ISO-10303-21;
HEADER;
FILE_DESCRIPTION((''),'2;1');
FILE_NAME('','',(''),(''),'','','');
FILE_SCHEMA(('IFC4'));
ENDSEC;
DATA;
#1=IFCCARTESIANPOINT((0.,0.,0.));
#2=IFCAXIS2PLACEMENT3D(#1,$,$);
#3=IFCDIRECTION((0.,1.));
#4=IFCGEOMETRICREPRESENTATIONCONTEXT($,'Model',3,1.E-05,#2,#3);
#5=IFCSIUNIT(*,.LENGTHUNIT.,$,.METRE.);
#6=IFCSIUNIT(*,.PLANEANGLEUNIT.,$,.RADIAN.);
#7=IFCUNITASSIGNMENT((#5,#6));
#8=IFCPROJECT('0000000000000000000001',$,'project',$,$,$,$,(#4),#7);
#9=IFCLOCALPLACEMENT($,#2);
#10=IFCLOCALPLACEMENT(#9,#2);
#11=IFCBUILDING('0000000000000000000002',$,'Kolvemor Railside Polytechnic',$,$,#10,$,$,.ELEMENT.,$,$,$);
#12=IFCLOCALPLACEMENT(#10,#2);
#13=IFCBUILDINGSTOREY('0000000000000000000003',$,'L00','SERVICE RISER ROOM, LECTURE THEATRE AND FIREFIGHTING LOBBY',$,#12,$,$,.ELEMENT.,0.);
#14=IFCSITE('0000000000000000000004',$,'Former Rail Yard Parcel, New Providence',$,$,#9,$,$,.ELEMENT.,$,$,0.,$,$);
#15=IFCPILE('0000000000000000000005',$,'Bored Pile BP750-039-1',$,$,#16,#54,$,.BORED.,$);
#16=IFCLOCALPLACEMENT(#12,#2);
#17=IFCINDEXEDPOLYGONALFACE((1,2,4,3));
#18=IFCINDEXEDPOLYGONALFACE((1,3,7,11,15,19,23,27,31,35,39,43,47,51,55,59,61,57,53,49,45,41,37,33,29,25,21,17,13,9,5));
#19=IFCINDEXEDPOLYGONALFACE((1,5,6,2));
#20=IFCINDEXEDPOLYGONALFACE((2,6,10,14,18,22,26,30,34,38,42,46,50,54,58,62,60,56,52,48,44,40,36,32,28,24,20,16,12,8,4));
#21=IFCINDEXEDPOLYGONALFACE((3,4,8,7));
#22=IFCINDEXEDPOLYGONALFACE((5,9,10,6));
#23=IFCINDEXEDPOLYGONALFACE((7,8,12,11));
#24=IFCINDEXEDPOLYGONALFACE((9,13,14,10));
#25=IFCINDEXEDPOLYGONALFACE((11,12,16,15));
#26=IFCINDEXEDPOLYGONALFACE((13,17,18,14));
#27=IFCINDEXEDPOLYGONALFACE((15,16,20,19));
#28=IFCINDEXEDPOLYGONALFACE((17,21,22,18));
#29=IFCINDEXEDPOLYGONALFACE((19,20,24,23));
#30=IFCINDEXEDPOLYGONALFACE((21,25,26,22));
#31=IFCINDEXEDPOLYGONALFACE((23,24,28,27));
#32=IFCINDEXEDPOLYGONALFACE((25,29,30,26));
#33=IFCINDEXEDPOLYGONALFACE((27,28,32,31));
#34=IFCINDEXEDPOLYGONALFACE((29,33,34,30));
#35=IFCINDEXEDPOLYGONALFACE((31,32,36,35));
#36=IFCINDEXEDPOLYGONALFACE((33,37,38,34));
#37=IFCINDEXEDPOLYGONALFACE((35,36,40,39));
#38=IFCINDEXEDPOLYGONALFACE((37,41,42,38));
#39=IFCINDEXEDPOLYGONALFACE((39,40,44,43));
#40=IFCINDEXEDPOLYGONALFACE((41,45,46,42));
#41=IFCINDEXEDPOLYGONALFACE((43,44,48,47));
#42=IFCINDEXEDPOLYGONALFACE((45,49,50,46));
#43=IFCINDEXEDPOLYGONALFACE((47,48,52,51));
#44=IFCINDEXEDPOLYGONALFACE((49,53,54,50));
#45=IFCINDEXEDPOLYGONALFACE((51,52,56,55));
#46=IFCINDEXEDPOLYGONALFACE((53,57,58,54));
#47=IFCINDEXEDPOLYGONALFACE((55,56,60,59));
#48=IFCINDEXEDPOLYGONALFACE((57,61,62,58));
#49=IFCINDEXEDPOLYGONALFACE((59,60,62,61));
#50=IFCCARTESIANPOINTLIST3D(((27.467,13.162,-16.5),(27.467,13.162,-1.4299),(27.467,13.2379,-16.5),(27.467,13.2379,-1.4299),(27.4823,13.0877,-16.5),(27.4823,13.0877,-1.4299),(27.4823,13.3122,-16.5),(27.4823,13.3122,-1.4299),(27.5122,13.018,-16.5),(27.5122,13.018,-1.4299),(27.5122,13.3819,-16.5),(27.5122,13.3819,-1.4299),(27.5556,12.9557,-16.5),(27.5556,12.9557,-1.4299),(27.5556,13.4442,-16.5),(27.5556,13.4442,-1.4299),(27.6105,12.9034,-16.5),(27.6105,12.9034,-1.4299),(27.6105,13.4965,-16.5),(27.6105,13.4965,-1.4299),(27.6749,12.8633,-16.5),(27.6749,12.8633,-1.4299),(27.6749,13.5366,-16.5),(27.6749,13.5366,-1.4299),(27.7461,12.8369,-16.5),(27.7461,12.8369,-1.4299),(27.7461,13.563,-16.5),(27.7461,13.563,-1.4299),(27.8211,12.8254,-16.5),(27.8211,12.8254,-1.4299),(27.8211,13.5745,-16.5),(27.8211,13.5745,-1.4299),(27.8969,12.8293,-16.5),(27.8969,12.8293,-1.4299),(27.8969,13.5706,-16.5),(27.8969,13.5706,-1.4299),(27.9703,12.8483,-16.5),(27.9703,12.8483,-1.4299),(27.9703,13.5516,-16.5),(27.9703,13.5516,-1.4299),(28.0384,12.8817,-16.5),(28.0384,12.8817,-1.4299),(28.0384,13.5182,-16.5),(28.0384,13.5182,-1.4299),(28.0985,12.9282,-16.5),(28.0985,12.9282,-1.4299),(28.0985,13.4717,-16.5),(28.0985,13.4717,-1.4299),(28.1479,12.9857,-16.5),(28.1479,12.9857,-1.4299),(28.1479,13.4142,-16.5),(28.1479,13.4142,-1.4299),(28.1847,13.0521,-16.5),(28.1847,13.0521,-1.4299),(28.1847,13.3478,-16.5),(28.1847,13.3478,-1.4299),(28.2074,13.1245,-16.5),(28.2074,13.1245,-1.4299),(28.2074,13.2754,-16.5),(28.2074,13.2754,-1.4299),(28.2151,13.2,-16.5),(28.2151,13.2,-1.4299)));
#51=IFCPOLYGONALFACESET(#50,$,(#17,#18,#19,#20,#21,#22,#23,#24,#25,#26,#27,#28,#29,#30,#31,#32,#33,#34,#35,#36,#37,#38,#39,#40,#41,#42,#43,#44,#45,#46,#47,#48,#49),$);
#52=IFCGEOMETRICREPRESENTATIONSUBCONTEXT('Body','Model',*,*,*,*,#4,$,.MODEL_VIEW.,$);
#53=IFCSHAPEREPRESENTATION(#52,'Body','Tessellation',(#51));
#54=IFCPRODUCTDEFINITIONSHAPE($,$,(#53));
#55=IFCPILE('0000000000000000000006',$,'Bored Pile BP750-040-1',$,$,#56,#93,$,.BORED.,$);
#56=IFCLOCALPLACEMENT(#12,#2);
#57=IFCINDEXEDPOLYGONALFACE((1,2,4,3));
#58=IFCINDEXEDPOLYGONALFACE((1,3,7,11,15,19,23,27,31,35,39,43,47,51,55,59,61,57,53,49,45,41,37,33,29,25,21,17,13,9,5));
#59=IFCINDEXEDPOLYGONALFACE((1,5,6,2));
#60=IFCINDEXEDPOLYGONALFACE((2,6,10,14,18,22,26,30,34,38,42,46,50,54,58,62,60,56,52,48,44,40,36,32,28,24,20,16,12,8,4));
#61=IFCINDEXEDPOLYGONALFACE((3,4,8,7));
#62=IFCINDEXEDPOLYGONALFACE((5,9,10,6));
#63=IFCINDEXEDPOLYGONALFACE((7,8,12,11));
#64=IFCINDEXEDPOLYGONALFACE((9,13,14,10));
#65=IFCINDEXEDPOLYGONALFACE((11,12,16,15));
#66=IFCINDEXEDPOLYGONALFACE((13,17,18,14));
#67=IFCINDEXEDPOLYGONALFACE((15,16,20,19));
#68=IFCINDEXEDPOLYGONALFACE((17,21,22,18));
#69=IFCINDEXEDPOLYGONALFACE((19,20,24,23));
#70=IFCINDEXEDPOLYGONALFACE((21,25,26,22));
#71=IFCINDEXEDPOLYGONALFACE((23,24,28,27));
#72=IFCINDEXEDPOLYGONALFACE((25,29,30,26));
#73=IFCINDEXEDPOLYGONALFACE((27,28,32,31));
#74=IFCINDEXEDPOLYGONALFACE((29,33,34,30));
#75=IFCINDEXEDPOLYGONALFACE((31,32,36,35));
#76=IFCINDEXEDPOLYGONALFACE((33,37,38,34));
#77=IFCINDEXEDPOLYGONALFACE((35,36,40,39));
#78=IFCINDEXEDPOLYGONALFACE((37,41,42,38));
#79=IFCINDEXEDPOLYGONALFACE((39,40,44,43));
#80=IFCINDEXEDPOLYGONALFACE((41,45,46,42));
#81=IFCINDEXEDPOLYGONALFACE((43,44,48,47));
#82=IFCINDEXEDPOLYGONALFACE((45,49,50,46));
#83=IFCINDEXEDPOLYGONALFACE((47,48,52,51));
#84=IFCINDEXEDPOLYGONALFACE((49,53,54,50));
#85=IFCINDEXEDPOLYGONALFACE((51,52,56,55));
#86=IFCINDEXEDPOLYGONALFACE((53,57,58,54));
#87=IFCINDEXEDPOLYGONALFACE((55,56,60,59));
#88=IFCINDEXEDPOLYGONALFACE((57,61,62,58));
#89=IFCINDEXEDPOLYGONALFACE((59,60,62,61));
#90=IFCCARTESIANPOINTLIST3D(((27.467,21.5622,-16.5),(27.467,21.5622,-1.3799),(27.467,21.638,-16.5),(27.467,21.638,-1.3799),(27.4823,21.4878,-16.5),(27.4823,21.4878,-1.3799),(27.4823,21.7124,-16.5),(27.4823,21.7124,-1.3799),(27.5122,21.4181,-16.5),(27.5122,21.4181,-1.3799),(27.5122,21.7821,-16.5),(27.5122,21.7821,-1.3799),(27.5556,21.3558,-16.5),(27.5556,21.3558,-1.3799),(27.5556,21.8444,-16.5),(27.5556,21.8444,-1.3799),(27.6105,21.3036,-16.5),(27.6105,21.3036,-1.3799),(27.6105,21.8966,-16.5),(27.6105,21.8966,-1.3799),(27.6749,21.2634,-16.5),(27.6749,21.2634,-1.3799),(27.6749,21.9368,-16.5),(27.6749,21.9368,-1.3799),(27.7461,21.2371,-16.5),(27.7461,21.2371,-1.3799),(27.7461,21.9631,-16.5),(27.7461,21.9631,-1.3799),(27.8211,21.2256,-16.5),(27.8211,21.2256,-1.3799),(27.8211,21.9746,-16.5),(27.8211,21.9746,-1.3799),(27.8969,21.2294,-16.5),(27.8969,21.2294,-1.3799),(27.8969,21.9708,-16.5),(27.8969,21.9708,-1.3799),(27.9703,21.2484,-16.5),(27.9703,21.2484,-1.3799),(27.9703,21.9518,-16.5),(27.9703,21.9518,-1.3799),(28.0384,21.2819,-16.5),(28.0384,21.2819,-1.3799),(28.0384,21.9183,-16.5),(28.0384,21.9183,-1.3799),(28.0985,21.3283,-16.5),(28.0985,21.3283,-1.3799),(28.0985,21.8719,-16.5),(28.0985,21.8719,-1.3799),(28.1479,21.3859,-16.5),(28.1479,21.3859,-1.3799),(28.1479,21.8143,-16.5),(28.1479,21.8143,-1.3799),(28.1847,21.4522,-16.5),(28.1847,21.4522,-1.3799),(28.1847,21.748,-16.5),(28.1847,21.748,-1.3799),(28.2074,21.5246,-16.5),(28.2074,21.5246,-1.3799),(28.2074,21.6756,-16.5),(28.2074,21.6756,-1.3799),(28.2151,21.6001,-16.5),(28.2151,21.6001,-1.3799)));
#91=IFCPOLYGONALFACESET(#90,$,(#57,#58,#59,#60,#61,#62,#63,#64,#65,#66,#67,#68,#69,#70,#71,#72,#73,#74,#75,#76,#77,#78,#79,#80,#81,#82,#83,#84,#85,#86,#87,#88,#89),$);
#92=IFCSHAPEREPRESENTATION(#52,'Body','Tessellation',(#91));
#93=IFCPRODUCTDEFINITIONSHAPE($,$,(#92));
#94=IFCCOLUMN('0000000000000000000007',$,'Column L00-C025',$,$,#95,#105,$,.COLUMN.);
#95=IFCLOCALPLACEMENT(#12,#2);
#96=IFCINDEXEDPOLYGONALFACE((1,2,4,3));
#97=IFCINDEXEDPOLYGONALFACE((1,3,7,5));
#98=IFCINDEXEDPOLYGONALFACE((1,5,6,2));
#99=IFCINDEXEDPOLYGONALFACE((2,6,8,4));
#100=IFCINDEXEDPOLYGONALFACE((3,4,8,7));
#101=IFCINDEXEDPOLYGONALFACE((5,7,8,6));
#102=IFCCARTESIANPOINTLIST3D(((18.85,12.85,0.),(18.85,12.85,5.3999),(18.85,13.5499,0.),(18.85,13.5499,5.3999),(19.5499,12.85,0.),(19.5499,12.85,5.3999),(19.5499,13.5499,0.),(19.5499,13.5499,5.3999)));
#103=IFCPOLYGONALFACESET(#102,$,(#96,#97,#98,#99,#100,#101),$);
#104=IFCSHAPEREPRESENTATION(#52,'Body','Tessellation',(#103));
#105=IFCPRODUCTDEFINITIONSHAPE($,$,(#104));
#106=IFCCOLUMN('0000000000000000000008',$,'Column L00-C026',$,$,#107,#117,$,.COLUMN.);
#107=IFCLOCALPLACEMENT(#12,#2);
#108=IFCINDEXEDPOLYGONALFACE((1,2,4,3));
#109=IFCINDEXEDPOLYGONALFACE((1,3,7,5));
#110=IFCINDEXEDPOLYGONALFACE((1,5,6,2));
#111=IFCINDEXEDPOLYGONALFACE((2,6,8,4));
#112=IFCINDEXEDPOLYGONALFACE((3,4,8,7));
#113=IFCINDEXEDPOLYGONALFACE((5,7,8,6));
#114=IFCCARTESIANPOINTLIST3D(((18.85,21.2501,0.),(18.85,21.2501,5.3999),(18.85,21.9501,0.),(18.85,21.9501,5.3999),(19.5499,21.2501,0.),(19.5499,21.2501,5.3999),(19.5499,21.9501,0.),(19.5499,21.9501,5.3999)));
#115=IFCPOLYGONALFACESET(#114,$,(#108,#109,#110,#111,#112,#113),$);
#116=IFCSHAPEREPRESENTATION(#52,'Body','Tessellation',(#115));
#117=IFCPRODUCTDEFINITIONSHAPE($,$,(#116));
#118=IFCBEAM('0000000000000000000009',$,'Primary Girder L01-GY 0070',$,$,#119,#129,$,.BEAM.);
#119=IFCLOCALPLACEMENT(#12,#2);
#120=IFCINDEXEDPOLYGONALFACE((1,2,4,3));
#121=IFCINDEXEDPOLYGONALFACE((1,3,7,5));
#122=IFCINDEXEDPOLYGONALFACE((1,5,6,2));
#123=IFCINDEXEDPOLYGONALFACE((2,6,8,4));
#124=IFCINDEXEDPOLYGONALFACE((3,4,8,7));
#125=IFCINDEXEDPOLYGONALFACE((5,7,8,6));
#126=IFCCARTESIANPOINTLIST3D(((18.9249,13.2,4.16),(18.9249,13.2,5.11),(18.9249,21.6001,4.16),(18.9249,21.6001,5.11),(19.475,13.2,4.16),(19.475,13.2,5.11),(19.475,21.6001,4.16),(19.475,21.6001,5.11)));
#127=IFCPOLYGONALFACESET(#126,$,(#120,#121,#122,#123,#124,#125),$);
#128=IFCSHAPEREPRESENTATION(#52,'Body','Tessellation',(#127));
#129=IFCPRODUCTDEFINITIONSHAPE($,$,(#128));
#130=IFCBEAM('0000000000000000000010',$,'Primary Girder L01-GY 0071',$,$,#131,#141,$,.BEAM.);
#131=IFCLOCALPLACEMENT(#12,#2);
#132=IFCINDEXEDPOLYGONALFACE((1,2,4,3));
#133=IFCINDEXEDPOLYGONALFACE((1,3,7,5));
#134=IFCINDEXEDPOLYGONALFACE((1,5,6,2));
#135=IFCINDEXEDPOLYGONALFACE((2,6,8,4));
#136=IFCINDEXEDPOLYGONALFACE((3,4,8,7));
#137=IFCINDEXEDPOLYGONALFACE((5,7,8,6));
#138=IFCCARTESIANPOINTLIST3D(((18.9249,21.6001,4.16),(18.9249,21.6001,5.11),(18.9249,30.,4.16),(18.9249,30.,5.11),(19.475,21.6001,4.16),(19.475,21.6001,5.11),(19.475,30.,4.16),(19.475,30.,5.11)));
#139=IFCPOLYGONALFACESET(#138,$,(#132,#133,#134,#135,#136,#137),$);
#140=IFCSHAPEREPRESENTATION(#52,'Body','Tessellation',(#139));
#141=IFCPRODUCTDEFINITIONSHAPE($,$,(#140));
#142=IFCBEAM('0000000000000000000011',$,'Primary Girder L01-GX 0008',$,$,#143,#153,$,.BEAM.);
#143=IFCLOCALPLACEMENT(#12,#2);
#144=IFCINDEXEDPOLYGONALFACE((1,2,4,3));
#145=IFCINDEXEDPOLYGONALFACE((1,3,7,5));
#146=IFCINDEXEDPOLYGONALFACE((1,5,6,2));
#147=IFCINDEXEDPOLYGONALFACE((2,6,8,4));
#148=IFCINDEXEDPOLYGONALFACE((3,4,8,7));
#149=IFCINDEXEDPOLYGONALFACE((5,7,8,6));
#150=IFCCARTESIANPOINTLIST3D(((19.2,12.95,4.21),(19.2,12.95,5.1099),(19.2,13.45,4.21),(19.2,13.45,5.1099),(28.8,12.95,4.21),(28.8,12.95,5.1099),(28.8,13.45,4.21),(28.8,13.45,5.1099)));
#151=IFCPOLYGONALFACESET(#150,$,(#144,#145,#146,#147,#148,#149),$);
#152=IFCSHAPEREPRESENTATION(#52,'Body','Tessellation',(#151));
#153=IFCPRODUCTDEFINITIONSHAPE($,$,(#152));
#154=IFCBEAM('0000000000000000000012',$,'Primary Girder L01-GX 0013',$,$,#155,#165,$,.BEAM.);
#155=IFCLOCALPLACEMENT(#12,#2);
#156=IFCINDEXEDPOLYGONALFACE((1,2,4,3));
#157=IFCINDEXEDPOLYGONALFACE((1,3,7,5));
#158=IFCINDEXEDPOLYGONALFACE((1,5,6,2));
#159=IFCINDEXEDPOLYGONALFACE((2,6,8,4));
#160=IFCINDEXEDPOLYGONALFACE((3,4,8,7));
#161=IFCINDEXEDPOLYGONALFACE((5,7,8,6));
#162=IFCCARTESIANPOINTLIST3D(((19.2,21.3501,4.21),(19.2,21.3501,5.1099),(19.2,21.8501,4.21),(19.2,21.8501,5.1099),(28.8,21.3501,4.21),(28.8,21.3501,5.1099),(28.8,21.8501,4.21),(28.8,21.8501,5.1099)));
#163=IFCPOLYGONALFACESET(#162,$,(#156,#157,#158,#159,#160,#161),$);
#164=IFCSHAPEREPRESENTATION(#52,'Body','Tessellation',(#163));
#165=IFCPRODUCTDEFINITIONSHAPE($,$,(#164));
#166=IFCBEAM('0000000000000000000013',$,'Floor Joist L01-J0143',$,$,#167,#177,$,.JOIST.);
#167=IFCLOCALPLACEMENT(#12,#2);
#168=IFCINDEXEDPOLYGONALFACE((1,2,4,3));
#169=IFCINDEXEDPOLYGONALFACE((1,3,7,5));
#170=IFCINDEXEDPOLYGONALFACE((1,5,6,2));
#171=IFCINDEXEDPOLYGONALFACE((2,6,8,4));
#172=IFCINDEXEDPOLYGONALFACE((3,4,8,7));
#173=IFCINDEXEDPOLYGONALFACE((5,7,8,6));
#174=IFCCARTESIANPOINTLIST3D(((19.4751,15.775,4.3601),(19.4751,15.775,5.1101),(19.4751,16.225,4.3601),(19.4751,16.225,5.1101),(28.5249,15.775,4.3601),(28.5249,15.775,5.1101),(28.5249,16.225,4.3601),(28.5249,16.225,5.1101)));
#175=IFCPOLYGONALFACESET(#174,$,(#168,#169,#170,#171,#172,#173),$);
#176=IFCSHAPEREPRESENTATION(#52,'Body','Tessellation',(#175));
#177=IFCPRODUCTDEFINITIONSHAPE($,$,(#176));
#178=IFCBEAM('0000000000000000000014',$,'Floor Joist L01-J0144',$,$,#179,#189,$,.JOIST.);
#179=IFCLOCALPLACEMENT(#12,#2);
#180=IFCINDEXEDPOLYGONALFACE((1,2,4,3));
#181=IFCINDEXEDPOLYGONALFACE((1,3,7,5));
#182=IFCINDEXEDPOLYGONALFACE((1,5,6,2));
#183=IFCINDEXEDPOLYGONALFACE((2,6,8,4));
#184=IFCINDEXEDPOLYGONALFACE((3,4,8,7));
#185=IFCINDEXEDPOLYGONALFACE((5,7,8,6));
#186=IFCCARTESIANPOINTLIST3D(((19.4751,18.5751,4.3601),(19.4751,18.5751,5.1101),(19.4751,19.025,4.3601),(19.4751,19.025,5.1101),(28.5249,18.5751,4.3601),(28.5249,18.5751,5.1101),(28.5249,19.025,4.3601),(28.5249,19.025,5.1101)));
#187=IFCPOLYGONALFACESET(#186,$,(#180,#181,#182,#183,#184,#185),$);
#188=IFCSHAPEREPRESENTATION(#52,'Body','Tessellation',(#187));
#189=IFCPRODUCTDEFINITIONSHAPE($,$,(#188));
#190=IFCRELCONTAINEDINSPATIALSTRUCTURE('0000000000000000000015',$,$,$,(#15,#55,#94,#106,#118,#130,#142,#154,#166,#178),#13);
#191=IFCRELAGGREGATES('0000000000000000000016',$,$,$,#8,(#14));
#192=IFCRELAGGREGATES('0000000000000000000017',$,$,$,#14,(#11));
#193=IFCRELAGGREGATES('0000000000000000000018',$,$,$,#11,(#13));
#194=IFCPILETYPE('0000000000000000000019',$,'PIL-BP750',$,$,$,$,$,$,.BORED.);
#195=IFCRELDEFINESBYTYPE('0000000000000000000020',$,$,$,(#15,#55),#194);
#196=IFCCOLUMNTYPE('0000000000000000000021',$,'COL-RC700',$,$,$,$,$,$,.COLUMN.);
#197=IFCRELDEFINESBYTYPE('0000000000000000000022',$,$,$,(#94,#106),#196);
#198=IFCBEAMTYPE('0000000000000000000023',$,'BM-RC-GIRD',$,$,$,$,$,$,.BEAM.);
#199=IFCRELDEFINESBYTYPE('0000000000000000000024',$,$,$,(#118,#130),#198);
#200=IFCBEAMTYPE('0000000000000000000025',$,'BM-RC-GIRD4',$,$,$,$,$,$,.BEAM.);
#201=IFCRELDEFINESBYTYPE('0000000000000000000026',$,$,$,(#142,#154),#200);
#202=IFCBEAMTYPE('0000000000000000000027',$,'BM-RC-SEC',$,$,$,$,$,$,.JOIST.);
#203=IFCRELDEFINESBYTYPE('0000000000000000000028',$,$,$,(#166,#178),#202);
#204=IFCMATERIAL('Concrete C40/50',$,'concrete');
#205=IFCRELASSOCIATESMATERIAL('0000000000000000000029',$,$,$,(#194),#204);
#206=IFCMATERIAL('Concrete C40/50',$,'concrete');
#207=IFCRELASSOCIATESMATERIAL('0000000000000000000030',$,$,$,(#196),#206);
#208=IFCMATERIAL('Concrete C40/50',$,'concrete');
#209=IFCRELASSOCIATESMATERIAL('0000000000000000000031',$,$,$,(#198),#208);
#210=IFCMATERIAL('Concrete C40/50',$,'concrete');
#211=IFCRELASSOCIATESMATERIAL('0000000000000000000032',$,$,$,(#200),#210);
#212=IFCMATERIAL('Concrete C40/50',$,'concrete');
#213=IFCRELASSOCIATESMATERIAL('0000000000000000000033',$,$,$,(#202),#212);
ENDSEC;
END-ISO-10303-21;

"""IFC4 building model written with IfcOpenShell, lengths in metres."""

from ifc_helpers import new_model, si_unit, direction, frame, origin, origin_2d, place, context, subcontext, project, spatial, rectangle, circle, extrude, material, material_profile, profile_set, type_object, element, save


model = new_model("IFC4")

# Units and contexts
model_context = context("Model", 3, precision=1e-05, world=origin(), true_north=direction((0.0, 1.0)))
body_context = subcontext(model_context, "Body", "Model", "MODEL_VIEW")
ifc_project = project(units=[si_unit("LENGTHUNIT", "METRE"), si_unit("PLANEANGLEUNIT", "RADIAN")], contexts=[model_context])

# Site, building, storey
site_placement = place(None, origin())
site = spatial("IfcSite", under=ifc_project, at=site_placement, Name="Former Rail Yard Parcel, New Providence", CompositionType="ELEMENT", RefElevation=0.0)
building_placement = place(site_placement, origin())
building = spatial("IfcBuilding", under=site, at=building_placement, Name="Kolvemor Railside Polytechnic", CompositionType="ELEMENT")
storey_placement = place(building_placement, origin())
storey = spatial("IfcBuildingStorey", under=building, at=storey_placement, Name="L00", Description="SERVICE RISER ROOM, LECTURE THEATRE AND FIREFIGHTING LOBBY", CompositionType="ELEMENT", Elevation=0.0)

# Piles
ifc_material_1 = material(Name="Concrete C40/50", Category="concrete")
ifc_material_profile_1 = material_profile(ifc_material_1, circle(Radius=0.375, at=origin_2d()), Name="BP750")
ifc_profile_set_1 = profile_set([ifc_material_profile_1], Name="Concrete C40/50")
pile_type = type_object("IfcPileType", Name="PIL-BP750", PredefinedType="BORED", material=ifc_profile_set_1)
pile_1_placement = place(storey_placement, frame((27.8401, 13.2, -1.4299), z_axis=(0.0, 0.0, -1.0), x_axis=(1.0, 0.0, 0.0)))
element("IfcPile", 1, at=pile_1_placement, inside=storey, type_object=pile_type, Name="Bored Pile BP750-039-1", PredefinedType="BORED", context=body_context, shape_type="SweptSolid", body=[
    extrude(circle(Radius=0.375, at=origin_2d()), origin(), (0.0, 0.0, 1.0), 15.0701),
])
pile_2_placement = place(storey_placement, frame((27.8401, 21.6001, -1.3799), z_axis=(0.0, 0.0, -1.0), x_axis=(1.0, 0.0, 0.0)))
element("IfcPile", 2, at=pile_2_placement, inside=storey, type_object=pile_type, Name="Bored Pile BP750-040-1", PredefinedType="BORED", context=body_context, shape_type="SweptSolid", body=[
    extrude(circle(Radius=0.375, at=origin_2d()), origin(), (0.0, 0.0, 1.0), 15.1201),
])

# Columns
ifc_material_2 = material(Name="Concrete C40/50", Category="concrete")
ifc_material_profile_2 = material_profile(ifc_material_2, rectangle(XDim=0.7, YDim=0.7, at=origin_2d()), Name="RC700x700")
ifc_profile_set_2 = profile_set([ifc_material_profile_2], Name="Concrete C40/50")
column_type = type_object("IfcColumnType", Name="COL-RC700", PredefinedType="COLUMN", material=ifc_profile_set_2)
for number, where, z_axis, x_axis, name in (
    (3, (19.2, 13.2, 0.0), (0.0, 0.0, 1.0), (1.0, 0.0, 0.0), "Column L00-C025"),
    (4, (19.2, 21.6001, 0.0), (0.0, 0.0, 1.0), (1.0, 0.0, 0.0), "Column L00-C026"),
):
    element("IfcColumn", number, at=place(storey_placement, frame(where, z_axis=z_axis, x_axis=x_axis)), inside=storey, type_object=column_type, Name=name, PredefinedType="COLUMN", context=body_context, shape_type="SweptSolid", body=[
        extrude(rectangle(XDim=0.7, YDim=0.7, at=origin_2d()), origin(), (0.0, 0.0, 1.0), 5.3999),
    ])

# Beams
ifc_material_3 = material(Name="Concrete C40/50", Category="concrete")
ifc_material_profile_3 = material_profile(ifc_material_3, rectangle(XDim=0.55, YDim=0.95, at=origin_2d()), Name="RC550x950")
ifc_profile_set_3 = profile_set([ifc_material_profile_3], Name="Concrete C40/50")
beam_type_1 = type_object("IfcBeamType", Name="BM-RC-GIRD", PredefinedType="BEAM", material=ifc_profile_set_3)
beam_1_placement = place(storey_placement, frame((19.2, 13.2, 4.635), z_axis=(0.0, 1.0, 0.0), x_axis=(-1.0, 0.0, 0.0)))
element("IfcBeam", 5, at=beam_1_placement, inside=storey, type_object=beam_type_1, Name="Primary Girder L01-GY 0070", PredefinedType="BEAM", context=body_context, shape_type="SweptSolid", body=[
    extrude(rectangle(XDim=0.55, YDim=0.95, at=origin_2d()), origin(), (0.0, 0.0, 1.0), 8.4001),
])
beam_2_placement = place(storey_placement, frame((19.2, 21.6001, 4.635), z_axis=(0.0, 1.0, 0.0), x_axis=(-1.0, 0.0, 0.0)))
element("IfcBeam", 6, at=beam_2_placement, inside=storey, type_object=beam_type_1, Name="Primary Girder L01-GY 0071", PredefinedType="BEAM", context=body_context, shape_type="SweptSolid", body=[
    extrude(rectangle(XDim=0.55, YDim=0.95, at=origin_2d()), origin(), (0.0, 0.0, 1.0), 8.3999),
])
ifc_material_4 = material(Name="Concrete C40/50", Category="concrete")
ifc_material_profile_4 = material_profile(ifc_material_4, rectangle(XDim=0.5, YDim=0.8999, at=origin_2d()), Name="RC500x900")
ifc_profile_set_4 = profile_set([ifc_material_profile_4], Name="Concrete C40/50")
beam_type_2 = type_object("IfcBeamType", Name="BM-RC-GIRD4", PredefinedType="BEAM", material=ifc_profile_set_4)
for number, where, z_axis, x_axis, name in (
    (7, (19.2, 13.2, 4.6599), (1.0, 0.0, 0.0), (0.0, 1.0, 0.0), "Primary Girder L01-GX 0008"),
    (8, (19.2, 21.6001, 4.6599), (1.0, 0.0, 0.0), (0.0, 1.0, 0.0), "Primary Girder L01-GX 0013"),
):
    element("IfcBeam", number, at=place(storey_placement, frame(where, z_axis=z_axis, x_axis=x_axis)), inside=storey, type_object=beam_type_2, Name=name, PredefinedType="BEAM", context=body_context, shape_type="SweptSolid", body=[
        extrude(rectangle(XDim=0.5, YDim=0.8999, at=origin_2d()), origin(), (0.0, 0.0, 1.0), 9.6001),
    ])
ifc_material_5 = material(Name="Concrete C40/50", Category="concrete")
ifc_material_profile_5 = material_profile(ifc_material_5, rectangle(XDim=0.45, YDim=0.75, at=origin_2d()), Name="RC450x750")
ifc_profile_set_5 = profile_set([ifc_material_profile_5], Name="Concrete C40/50")
beam_type_3 = type_object("IfcBeamType", Name="BM-RC-SEC", PredefinedType="JOIST", material=ifc_profile_set_5)
for number, where, z_axis, x_axis, name in (
    (9, (19.4751, 16.0, 4.7351), (1.0, 0.0, 0.0), (0.0, 1.0, 0.0), "Floor Joist L01-J0143"),
    (10, (19.4751, 18.8, 4.7351), (1.0, 0.0, 0.0), (0.0, 1.0, 0.0), "Floor Joist L01-J0144"),
):
    element("IfcBeam", number, at=place(storey_placement, frame(where, z_axis=z_axis, x_axis=x_axis)), inside=storey, type_object=beam_type_3, Name=name, PredefinedType="JOIST", context=body_context, shape_type="SweptSolid", body=[
        extrude(rectangle(XDim=0.45, YDim=0.75, at=origin_2d()), origin(), (0.0, 0.0, 1.0), 9.0498),
    ])

save(model, "model.ifc")
